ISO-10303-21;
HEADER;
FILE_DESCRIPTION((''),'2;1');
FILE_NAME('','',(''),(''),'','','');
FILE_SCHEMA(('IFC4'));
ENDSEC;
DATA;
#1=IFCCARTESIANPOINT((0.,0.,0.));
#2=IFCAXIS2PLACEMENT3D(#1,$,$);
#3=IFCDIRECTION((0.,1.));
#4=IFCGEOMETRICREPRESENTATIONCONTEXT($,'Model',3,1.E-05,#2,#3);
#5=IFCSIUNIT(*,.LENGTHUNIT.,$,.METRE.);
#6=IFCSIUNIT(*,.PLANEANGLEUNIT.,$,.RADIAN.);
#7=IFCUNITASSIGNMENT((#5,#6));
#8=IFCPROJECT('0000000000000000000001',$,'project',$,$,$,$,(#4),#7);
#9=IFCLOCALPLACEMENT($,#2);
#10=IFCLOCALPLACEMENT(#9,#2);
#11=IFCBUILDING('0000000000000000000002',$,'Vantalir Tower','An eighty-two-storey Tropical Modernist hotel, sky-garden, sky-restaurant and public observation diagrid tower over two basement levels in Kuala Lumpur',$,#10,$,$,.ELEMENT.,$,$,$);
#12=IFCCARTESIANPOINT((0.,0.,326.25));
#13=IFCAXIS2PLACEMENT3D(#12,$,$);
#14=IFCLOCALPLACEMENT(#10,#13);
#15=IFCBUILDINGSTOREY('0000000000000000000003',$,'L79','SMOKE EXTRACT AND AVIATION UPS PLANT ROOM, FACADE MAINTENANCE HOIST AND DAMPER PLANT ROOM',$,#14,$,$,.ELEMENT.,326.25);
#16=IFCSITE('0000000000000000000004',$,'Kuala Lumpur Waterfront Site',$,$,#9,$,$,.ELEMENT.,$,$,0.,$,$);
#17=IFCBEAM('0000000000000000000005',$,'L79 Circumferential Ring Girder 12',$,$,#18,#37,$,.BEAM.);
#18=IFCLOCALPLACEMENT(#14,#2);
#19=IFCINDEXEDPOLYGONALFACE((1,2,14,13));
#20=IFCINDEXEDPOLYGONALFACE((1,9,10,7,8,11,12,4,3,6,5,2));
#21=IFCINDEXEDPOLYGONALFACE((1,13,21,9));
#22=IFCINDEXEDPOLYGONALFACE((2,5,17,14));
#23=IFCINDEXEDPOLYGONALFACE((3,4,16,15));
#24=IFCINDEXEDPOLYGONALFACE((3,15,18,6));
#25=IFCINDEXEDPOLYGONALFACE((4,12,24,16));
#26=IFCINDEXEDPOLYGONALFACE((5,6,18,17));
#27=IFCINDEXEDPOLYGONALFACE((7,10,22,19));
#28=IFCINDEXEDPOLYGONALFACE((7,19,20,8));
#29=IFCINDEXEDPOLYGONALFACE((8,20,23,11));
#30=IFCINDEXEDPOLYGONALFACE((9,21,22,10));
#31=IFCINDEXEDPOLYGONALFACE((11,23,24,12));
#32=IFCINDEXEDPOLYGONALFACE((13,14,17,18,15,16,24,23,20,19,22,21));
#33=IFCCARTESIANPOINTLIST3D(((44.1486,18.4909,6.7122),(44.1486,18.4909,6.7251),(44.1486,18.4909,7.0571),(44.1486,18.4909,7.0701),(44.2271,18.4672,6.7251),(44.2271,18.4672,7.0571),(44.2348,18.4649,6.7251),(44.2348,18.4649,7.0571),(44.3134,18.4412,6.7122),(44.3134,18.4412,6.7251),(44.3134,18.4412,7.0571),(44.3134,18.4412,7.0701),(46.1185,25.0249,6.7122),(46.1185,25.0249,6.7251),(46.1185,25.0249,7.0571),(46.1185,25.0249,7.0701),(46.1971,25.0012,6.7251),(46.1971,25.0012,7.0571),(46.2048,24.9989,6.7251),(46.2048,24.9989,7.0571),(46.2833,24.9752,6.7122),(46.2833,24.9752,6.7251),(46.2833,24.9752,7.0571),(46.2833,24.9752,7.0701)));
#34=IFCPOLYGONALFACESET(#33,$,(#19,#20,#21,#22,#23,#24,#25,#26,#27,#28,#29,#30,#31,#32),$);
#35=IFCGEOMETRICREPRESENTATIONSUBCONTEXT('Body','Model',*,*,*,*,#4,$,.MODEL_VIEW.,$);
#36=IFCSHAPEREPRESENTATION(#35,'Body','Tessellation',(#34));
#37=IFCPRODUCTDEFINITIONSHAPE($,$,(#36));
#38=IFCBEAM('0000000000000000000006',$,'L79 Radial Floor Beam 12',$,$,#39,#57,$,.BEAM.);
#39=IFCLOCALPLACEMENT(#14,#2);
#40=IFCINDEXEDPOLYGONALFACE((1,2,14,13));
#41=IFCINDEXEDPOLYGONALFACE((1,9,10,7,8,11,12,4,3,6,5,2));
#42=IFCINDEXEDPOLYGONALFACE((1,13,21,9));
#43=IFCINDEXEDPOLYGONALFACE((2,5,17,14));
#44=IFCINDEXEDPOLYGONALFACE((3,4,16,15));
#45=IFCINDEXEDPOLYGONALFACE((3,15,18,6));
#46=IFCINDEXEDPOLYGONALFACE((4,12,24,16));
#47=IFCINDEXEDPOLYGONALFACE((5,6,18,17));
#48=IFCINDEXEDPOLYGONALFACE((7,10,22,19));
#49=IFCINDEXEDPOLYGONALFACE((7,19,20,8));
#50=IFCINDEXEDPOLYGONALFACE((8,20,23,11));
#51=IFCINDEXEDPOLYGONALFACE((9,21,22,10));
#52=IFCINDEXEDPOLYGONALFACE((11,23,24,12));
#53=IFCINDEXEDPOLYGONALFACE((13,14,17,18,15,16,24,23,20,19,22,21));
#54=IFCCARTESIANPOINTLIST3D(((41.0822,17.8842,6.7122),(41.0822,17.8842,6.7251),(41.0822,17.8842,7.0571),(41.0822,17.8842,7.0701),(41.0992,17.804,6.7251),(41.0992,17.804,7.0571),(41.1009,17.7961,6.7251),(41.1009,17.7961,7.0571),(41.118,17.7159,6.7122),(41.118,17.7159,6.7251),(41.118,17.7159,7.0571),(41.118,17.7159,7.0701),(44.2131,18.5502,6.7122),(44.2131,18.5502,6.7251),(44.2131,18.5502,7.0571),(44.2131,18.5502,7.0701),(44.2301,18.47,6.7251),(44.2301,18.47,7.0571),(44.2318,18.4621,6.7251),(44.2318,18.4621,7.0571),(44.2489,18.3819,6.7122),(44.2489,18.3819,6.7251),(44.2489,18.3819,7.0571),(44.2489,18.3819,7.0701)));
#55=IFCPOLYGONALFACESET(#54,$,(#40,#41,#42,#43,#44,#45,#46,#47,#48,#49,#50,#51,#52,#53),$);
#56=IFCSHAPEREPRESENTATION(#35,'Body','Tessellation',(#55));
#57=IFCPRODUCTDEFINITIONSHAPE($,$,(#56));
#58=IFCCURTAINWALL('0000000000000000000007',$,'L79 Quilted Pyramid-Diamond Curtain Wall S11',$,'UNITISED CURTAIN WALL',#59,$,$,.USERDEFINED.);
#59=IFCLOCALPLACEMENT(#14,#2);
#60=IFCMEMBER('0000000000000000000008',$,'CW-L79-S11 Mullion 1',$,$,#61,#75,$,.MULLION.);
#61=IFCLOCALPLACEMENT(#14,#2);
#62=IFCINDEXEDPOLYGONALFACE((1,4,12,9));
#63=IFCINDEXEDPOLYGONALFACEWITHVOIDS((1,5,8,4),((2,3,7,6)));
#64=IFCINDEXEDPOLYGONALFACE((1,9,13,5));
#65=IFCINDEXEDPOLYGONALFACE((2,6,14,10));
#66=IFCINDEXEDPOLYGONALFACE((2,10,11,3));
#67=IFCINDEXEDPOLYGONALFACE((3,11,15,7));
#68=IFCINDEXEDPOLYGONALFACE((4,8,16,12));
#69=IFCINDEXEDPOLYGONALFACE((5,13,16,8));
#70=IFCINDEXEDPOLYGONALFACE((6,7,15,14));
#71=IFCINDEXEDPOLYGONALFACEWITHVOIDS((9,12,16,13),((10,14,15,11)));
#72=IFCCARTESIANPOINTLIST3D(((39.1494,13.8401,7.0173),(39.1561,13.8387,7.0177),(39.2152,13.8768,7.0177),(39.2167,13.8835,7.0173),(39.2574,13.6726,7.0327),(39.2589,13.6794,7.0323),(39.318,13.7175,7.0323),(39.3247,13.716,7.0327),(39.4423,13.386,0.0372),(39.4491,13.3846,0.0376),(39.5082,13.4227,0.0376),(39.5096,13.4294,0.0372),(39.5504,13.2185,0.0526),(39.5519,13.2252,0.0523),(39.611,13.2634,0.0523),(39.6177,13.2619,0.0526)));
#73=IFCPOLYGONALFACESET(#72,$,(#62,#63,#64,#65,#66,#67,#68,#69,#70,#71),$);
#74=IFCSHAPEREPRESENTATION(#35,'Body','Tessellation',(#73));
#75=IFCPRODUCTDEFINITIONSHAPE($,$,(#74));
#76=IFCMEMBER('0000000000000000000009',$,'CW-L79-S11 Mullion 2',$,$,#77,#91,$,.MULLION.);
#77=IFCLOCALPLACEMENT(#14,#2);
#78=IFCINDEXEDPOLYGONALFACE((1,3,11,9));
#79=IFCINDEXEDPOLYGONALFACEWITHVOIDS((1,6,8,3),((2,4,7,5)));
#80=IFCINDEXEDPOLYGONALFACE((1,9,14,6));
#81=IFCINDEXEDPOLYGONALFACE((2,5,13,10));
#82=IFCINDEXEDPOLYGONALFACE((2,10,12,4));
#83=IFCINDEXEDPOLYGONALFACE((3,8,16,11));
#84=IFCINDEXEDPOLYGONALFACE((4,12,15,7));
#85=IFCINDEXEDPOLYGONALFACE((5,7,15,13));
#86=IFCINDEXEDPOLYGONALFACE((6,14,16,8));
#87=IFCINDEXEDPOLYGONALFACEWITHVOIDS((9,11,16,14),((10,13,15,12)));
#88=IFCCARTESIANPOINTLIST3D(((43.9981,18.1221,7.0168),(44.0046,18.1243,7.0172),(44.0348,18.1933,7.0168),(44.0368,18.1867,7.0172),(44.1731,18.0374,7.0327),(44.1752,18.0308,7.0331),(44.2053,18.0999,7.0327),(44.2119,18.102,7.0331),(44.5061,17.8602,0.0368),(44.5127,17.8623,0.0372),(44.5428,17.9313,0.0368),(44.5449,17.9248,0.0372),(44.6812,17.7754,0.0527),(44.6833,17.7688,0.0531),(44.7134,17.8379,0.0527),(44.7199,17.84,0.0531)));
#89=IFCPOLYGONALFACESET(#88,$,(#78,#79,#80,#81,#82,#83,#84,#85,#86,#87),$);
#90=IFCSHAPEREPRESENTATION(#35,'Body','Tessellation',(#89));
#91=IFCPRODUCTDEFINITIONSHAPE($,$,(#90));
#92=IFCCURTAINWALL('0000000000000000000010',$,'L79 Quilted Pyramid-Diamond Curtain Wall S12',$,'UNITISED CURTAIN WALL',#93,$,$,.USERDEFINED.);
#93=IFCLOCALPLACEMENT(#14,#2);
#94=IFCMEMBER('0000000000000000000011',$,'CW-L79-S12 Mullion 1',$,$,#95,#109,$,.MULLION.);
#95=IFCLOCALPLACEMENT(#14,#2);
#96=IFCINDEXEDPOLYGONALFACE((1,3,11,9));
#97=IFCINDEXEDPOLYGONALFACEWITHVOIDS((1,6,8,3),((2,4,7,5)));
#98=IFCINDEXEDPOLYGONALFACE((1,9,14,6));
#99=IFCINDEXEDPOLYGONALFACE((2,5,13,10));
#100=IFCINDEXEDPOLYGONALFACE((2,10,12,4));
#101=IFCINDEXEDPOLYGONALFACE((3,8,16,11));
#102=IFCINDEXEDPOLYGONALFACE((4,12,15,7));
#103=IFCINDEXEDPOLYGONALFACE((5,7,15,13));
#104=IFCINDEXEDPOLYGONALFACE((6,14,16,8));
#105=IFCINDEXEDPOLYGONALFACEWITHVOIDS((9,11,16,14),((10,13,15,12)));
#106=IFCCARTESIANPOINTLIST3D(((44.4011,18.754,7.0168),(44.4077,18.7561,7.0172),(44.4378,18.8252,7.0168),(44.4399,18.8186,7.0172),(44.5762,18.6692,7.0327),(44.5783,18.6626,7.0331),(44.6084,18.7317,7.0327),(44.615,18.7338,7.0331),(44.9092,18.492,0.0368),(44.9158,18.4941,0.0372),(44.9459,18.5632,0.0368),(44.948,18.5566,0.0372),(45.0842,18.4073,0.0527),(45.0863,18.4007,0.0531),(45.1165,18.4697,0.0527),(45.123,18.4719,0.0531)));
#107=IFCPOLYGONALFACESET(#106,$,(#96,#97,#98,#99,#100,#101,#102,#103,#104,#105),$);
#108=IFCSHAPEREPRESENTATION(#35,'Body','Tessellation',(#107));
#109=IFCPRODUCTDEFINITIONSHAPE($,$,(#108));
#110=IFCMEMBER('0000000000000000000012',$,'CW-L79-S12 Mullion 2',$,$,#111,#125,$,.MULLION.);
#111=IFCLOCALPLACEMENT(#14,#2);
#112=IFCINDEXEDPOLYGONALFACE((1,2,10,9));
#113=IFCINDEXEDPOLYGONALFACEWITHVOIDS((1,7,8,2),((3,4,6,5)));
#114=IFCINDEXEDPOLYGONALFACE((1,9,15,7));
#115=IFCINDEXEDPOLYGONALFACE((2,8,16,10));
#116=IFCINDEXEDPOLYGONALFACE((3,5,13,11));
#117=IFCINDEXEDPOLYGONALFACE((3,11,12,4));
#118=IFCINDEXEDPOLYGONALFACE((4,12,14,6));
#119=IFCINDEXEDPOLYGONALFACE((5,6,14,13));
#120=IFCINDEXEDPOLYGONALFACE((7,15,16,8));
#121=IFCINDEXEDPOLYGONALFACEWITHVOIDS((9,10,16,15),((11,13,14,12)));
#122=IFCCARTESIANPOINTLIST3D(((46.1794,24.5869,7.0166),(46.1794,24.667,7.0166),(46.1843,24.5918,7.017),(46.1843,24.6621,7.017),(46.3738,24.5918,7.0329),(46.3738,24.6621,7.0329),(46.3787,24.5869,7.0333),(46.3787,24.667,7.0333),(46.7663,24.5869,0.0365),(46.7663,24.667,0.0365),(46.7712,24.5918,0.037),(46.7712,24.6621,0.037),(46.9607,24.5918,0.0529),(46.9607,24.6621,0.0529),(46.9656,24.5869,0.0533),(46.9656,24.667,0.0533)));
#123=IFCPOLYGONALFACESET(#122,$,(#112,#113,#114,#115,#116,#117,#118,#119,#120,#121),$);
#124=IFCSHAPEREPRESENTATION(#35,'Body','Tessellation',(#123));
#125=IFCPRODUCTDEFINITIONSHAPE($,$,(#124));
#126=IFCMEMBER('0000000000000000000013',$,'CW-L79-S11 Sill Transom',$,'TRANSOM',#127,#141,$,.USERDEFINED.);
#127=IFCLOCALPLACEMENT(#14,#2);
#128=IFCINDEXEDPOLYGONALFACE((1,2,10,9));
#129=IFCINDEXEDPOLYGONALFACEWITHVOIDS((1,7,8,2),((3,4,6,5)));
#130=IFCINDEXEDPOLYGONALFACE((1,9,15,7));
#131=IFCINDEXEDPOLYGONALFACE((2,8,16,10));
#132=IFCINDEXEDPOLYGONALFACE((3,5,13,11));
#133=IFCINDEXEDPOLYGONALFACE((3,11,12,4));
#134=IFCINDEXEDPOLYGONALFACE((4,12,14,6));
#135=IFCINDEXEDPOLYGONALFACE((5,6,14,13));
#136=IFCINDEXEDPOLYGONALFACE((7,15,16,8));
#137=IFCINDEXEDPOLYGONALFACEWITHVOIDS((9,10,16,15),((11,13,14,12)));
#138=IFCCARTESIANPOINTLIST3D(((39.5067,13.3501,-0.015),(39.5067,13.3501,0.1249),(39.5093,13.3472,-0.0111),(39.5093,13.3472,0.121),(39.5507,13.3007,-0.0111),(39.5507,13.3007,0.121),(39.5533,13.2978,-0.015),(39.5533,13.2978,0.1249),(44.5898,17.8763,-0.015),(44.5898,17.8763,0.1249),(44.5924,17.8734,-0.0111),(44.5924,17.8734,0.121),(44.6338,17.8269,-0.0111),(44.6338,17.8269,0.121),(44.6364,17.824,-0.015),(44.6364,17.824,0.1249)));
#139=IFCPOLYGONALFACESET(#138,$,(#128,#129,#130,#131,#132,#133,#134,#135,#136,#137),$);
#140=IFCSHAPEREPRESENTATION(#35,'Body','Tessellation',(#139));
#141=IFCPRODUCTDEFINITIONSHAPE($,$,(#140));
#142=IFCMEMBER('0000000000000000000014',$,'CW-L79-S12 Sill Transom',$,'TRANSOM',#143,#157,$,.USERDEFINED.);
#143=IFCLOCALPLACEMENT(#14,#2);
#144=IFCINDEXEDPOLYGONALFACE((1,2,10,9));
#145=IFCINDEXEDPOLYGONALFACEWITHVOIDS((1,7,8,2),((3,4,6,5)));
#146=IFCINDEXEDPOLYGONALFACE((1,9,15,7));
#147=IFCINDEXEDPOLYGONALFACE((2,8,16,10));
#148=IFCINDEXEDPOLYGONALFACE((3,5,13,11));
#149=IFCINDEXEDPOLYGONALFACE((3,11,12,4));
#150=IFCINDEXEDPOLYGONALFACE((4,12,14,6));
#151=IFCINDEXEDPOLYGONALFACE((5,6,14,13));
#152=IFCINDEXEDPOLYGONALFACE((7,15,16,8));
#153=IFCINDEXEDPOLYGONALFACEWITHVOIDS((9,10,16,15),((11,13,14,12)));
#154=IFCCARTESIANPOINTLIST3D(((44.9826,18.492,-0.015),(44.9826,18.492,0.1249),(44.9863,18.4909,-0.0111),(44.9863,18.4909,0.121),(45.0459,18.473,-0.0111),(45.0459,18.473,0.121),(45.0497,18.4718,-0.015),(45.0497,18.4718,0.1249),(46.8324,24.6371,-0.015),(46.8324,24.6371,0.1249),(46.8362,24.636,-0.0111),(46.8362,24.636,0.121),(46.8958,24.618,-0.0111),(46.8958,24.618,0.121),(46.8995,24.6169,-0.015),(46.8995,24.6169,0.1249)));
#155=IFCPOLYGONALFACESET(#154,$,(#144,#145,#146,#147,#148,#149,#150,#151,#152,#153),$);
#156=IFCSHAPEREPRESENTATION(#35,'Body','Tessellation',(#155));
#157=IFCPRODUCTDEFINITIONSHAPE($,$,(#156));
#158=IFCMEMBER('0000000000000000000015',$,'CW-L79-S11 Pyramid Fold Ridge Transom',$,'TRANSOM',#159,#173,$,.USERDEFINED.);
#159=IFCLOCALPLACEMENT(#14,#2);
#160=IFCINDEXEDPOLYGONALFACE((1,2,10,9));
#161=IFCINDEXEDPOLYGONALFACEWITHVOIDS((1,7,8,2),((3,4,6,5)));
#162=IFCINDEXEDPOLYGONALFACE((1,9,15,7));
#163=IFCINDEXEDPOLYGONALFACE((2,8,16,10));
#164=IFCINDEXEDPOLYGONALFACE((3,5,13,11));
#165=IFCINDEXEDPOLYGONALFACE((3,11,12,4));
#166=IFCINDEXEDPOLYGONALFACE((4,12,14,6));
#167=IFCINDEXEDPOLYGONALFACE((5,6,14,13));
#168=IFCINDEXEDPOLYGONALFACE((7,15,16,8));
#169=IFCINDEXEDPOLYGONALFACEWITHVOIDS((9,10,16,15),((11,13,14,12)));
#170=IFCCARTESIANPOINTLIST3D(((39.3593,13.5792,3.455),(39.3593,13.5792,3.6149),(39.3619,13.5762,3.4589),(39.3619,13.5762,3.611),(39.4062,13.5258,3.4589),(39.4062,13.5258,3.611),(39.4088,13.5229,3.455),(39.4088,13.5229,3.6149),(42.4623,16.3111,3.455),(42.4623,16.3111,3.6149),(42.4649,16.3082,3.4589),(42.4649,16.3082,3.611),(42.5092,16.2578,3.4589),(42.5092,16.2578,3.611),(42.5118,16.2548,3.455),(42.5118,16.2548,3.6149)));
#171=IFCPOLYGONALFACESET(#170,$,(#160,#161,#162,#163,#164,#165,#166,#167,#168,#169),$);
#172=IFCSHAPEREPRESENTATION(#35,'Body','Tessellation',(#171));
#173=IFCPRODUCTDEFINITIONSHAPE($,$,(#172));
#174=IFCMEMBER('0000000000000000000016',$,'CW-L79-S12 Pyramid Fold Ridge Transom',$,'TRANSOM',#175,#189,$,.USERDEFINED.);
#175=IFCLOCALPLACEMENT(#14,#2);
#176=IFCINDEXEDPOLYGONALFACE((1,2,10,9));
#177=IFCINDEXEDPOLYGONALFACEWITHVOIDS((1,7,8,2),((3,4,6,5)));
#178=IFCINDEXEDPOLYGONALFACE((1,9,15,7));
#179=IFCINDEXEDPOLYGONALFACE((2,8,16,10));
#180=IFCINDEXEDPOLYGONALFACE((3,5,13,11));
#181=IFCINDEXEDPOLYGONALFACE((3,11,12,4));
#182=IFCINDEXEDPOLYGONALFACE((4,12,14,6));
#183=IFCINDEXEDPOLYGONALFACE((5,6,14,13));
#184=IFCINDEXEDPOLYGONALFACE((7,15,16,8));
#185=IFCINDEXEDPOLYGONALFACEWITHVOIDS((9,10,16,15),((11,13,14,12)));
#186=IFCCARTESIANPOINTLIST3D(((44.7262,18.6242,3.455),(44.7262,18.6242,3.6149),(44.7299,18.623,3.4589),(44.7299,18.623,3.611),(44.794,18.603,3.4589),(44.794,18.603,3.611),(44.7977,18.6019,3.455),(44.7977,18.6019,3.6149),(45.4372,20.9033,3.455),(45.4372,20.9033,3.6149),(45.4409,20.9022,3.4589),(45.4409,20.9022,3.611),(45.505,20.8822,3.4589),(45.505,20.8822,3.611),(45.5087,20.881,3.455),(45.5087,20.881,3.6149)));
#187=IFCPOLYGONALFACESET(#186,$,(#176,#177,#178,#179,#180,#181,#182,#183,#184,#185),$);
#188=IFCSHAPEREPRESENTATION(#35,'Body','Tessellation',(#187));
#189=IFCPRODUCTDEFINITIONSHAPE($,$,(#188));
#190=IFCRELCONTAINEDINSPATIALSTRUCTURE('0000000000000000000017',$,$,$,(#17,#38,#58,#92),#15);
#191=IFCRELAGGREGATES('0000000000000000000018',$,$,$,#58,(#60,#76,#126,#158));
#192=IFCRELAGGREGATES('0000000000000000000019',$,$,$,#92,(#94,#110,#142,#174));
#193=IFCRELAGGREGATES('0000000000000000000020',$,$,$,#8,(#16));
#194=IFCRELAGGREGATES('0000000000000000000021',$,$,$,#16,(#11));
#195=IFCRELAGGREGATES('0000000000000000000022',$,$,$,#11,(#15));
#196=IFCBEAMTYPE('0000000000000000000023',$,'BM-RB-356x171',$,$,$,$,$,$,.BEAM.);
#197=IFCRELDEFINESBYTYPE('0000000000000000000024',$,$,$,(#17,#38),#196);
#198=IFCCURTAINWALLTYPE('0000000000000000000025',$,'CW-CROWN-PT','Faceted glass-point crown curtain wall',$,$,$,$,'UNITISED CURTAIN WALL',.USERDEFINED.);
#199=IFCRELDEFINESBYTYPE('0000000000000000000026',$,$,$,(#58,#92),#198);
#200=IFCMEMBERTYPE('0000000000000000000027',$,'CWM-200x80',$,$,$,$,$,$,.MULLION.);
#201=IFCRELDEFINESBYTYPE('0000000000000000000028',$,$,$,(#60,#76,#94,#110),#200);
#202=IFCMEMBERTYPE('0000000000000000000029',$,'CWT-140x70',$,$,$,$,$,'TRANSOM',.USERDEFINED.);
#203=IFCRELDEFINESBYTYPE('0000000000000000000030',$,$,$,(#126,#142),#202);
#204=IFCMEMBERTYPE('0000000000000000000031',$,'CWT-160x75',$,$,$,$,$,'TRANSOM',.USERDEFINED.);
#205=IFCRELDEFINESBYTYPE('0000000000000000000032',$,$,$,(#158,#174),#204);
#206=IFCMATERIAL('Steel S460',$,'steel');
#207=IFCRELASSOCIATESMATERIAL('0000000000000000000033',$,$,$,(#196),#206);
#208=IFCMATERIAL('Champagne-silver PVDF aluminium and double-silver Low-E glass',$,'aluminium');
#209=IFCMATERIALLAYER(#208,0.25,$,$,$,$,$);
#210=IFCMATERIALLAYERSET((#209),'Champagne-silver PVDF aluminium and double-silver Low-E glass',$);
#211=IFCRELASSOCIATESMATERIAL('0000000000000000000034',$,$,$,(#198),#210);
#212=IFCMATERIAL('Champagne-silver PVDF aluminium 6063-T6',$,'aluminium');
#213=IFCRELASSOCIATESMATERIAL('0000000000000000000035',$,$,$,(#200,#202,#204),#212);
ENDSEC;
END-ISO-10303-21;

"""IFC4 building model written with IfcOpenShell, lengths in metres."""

from ifc_helpers import new_model, si_unit, direction, frame, origin, origin_2d, place, context, subcontext, project, spatial, hollow_rectangle, i_section, extrude, material, layer, layer_set, material_profile, profile_set, type_object, element, aggregate, save


model = new_model("IFC4")

# Units and contexts
model_context = context("Model", 3, precision=1e-05, world=origin(), true_north=direction((0.0, 1.0)))
body_context = subcontext(model_context, "Body", "Model", "MODEL_VIEW")
ifc_project = project(units=[si_unit("LENGTHUNIT", "METRE"), si_unit("PLANEANGLEUNIT", "RADIAN")], contexts=[model_context])

# Site, building, storey
site_placement = place(None, origin())
site = spatial("IfcSite", under=ifc_project, at=site_placement, Name="Kuala Lumpur Waterfront Site", CompositionType="ELEMENT", RefElevation=0.0)
building_placement = place(site_placement, origin())
building = spatial("IfcBuilding", under=site, at=building_placement, Name="Vantalir Tower", Description="An eighty-two-storey Tropical Modernist hotel, sky-garden, sky-restaurant and public observation diagrid tower over two basement levels in Kuala Lumpur", CompositionType="ELEMENT")
storey_placement = place(building_placement, frame((0.0, 0.0, 326.25)))
storey = spatial("IfcBuildingStorey", under=building, at=storey_placement, Name="L79", Description="SMOKE EXTRACT AND AVIATION UPS PLANT ROOM, FACADE MAINTENANCE HOIST AND DAMPER PLANT ROOM", CompositionType="ELEMENT", Elevation=326.25)

# Shared definitions
ifc_material_1 = material(Name="Steel S460", Category="steel")

# Beams
ifc_material_profile_1 = material_profile(ifc_material_1, i_section(OverallWidth=0.1721, OverallDepth=0.3579, WebThickness=0.0081, FlangeThickness=0.0129, at=origin_2d()), Name="Steel S460")
ifc_profile_set_1 = profile_set([ifc_material_profile_1], Name="Steel S460")
beam_type_1 = type_object("IfcBeamType", Name="BM-RB-356x171", PredefinedType="BEAM", material=ifc_profile_set_1)
beam_1_placement = place(storey_placement, frame((44.231, 18.4661, 6.8911), z_axis=(0.288664, 0.957431, 0.0), x_axis=(-0.957431, 0.288664, 0.0)))
element("IfcBeam", 1, at=beam_1_placement, inside=storey, type_object=beam_type_1, Name="L79 Circumferential Ring Girder 12", PredefinedType="BEAM", context=body_context, shape_type="SweptSolid", body=[
    extrude(i_section(OverallWidth=0.1721, OverallDepth=0.3579, WebThickness=0.0081, FlangeThickness=0.0129, at=origin_2d()), origin(), (0.0, 0.0, 1.0), 6.8245),
])
beam_2_placement = place(storey_placement, frame((44.231, 18.4661, 6.8911), z_axis=(-0.978114, -0.20807, 0.0), x_axis=(0.20807, -0.978114, 0.0)))
element("IfcBeam", 2, at=beam_2_placement, inside=storey, type_object=beam_type_1, Name="L79 Radial Floor Beam 12", PredefinedType="BEAM", context=body_context, shape_type="SweptSolid", body=[
    extrude(i_section(OverallWidth=0.1721, OverallDepth=0.3579, WebThickness=0.0081, FlangeThickness=0.0129, at=origin_2d()), origin(), (0.0, 0.0, 1.0), 3.2009),
])

# Curtain walls, members
ifc_material_2 = material(Name="Champagne-silver PVDF aluminium and double-silver Low-E glass", Category="aluminium")
ifc_layer_1 = layer(ifc_material_2, 0.25)
ifc_layer_set_1 = layer_set([ifc_layer_1], Name="Champagne-silver PVDF aluminium and double-silver Low-E glass")
curtain_wall_type = type_object("IfcCurtainWallType", Name="CW-CROWN-PT", Description="Faceted glass-point crown curtain wall", ElementType="UNITISED CURTAIN WALL", PredefinedType="USERDEFINED", material=ifc_layer_set_1)
curtain_wall_1_placement = place(storey_placement, origin())
curtain_wall_1 = element("IfcCurtainWall", 3, at=curtain_wall_1_placement, inside=storey, type_object=curtain_wall_type, Name="L79 Quilted Pyramid-Diamond Curtain Wall S11", ObjectType="UNITISED CURTAIN WALL", PredefinedType="USERDEFINED")
ifc_material_3 = material(Name="Champagne-silver PVDF aluminium 6063-T6", Category="aluminium")
ifc_material_profile_2 = material_profile(ifc_material_3, hollow_rectangle(XDim=0.0801, YDim=0.2, WallThickness=0.0049, at=origin_2d()), Name="Champagne-silver PVDF aluminium 6063-T6")
ifc_profile_set_2 = profile_set([ifc_material_profile_2], Name="Champagne-silver PVDF aluminium 6063-T6")
member_type_1 = type_object("IfcMemberType", Name="CWM-200x80", PredefinedType="MULLION", material=ifc_profile_set_2)
member_1_placement = place(storey_placement, frame((39.53, 13.324, 0.0449), z_axis=(-0.041847, 0.064864, 0.997016), x_axis=(-0.840297, -0.542127, 0.0)))
member_1 = element("IfcMember", 4, at=member_1_placement, type_object=member_type_1, Name="CW-L79-S11 Mullion 1", PredefinedType="MULLION", context=body_context, shape_type="SweptSolid", body=[
    extrude(hollow_rectangle(XDim=0.0801, YDim=0.2, WallThickness=0.0049, at=origin_2d()), origin(), (0.0, 0.0, 1.0), 7.001),
])
member_2_placement = place(storey_placement, frame((44.613, 17.8501, 0.0449), z_axis=(-0.072545, 0.037405, 0.996663), x_axis=(-0.458284, -0.888806, 0.0)))
member_2 = element("IfcMember", 5, at=member_2_placement, type_object=member_type_1, Name="CW-L79-S11 Mullion 2", PredefinedType="MULLION", context=body_context, shape_type="SweptSolid", body=[
    extrude(hollow_rectangle(XDim=0.0801, YDim=0.2, WallThickness=0.0049, at=origin_2d()), origin(), (0.0, 0.0, 1.0), 7.0034),
])
curtain_wall_2_placement = place(storey_placement, origin())
curtain_wall_2 = element("IfcCurtainWall", 6, at=curtain_wall_2_placement, inside=storey, type_object=curtain_wall_type, Name="L79 Quilted Pyramid-Diamond Curtain Wall S12", ObjectType="UNITISED CURTAIN WALL", PredefinedType="USERDEFINED")
member_3_placement = place(storey_placement, frame((45.0161, 18.4819, 0.0449), z_axis=(-0.072545, 0.037405, 0.996663), x_axis=(-0.458284, -0.888806, 0.0)))
member_3 = element("IfcMember", 7, at=member_3_placement, type_object=member_type_1, Name="CW-L79-S12 Mullion 1", PredefinedType="MULLION", context=body_context, shape_type="SweptSolid", body=[
    extrude(hollow_rectangle(XDim=0.0801, YDim=0.2, WallThickness=0.0049, at=origin_2d()), origin(), (0.0, 0.0, 1.0), 7.0034),
])
member_4_placement = place(storey_placement, frame((46.866, 24.627, 0.0449), z_axis=(-0.08379, 0.0, 0.996483), x_axis=(0.0, -1.0, 0.0)))
member_4 = element("IfcMember", 8, at=member_4_placement, type_object=member_type_1, Name="CW-L79-S12 Mullion 2", PredefinedType="MULLION", context=body_context, shape_type="SweptSolid", body=[
    extrude(hollow_rectangle(XDim=0.0801, YDim=0.2, WallThickness=0.0049, at=origin_2d()), origin(), (0.0, 0.0, 1.0), 7.0046),
])

# Members
ifc_material_profile_3 = material_profile(ifc_material_3, hollow_rectangle(XDim=0.0701, YDim=0.1399, WallThickness=0.0039, at=origin_2d()), Name="Champagne-silver PVDF aluminium 6063-T6")
ifc_profile_set_3 = profile_set([ifc_material_profile_3], Name="Champagne-silver PVDF aluminium 6063-T6")
member_type_2 = type_object("IfcMemberType", Name="CWT-140x70", ElementType="TRANSOM", PredefinedType="USERDEFINED", material=ifc_profile_set_3)
member_5_placement = place(storey_placement, frame((39.53, 13.324, 0.0549), z_axis=(0.746833, 0.665011, 0.0), x_axis=(-0.665011, 0.746833, 0.0)))
member_5 = element("IfcMember", 9, at=member_5_placement, type_object=member_type_2, Name="CW-L79-S11 Sill Transom", ObjectType="TRANSOM", PredefinedType="USERDEFINED", context=body_context, shape_type="SweptSolid", body=[
    extrude(hollow_rectangle(XDim=0.0701, YDim=0.1399, WallThickness=0.0039, at=origin_2d()), origin(), (0.0, 0.0, 1.0), 6.8062),
])
member_6_placement = place(storey_placement, frame((45.0161, 18.4819, 0.0549), z_axis=(0.288255, 0.957554, 0.0), x_axis=(-0.957554, 0.288255, 0.0)))
member_6 = element("IfcMember", 10, at=member_6_placement, type_object=member_type_2, Name="CW-L79-S12 Sill Transom", ObjectType="TRANSOM", PredefinedType="USERDEFINED", context=body_context, shape_type="SweptSolid", body=[
    extrude(hollow_rectangle(XDim=0.0701, YDim=0.1399, WallThickness=0.0039, at=origin_2d()), origin(), (0.0, 0.0, 1.0), 6.4175),
])
ifc_material_profile_4 = material_profile(ifc_material_3, hollow_rectangle(XDim=0.075, YDim=0.1599, WallThickness=0.0039, at=origin_2d()), Name="Champagne-silver PVDF aluminium 6063-T6")
ifc_profile_set_4 = profile_set([ifc_material_profile_4], Name="Champagne-silver PVDF aluminium 6063-T6")
member_type_3 = type_object("IfcMemberType", Name="CWT-160x75", ElementType="TRANSOM", PredefinedType="USERDEFINED", material=ifc_profile_set_4)
member_7_placement = place(storey_placement, frame((39.384, 13.551, 3.5349), z_axis=(0.750561, 0.660801, 0.0), x_axis=(-0.660801, 0.750561, 0.0)))
member_7 = element("IfcMember", 11, at=member_7_placement, type_object=member_type_3, Name="CW-L79-S11 Pyramid Fold Ridge Transom", ObjectType="TRANSOM", PredefinedType="USERDEFINED", context=body_context, shape_type="SweptSolid", body=[
    extrude(hollow_rectangle(XDim=0.075, YDim=0.1599, WallThickness=0.0039, at=origin_2d()), origin(), (0.0, 0.0, 1.0), 4.1343),
])
member_8_placement = place(storey_placement, frame((44.762, 18.613, 3.5349), z_axis=(0.297792, 0.954631, 0.0), x_axis=(-0.954631, 0.297792, 0.0)))
member_8 = element("IfcMember", 12, at=member_8_placement, type_object=member_type_3, Name="CW-L79-S12 Pyramid Fold Ridge Transom", ObjectType="TRANSOM", PredefinedType="USERDEFINED", context=body_context, shape_type="SweptSolid", body=[
    extrude(hollow_rectangle(XDim=0.075, YDim=0.1599, WallThickness=0.0039, at=origin_2d()), origin(), (0.0, 0.0, 1.0), 2.3875),
])

aggregate(curtain_wall_1, [member_1, member_2, member_5, member_7])
aggregate(curtain_wall_2, [member_3, member_4, member_6, member_8])

save(model, "model.ifc")
